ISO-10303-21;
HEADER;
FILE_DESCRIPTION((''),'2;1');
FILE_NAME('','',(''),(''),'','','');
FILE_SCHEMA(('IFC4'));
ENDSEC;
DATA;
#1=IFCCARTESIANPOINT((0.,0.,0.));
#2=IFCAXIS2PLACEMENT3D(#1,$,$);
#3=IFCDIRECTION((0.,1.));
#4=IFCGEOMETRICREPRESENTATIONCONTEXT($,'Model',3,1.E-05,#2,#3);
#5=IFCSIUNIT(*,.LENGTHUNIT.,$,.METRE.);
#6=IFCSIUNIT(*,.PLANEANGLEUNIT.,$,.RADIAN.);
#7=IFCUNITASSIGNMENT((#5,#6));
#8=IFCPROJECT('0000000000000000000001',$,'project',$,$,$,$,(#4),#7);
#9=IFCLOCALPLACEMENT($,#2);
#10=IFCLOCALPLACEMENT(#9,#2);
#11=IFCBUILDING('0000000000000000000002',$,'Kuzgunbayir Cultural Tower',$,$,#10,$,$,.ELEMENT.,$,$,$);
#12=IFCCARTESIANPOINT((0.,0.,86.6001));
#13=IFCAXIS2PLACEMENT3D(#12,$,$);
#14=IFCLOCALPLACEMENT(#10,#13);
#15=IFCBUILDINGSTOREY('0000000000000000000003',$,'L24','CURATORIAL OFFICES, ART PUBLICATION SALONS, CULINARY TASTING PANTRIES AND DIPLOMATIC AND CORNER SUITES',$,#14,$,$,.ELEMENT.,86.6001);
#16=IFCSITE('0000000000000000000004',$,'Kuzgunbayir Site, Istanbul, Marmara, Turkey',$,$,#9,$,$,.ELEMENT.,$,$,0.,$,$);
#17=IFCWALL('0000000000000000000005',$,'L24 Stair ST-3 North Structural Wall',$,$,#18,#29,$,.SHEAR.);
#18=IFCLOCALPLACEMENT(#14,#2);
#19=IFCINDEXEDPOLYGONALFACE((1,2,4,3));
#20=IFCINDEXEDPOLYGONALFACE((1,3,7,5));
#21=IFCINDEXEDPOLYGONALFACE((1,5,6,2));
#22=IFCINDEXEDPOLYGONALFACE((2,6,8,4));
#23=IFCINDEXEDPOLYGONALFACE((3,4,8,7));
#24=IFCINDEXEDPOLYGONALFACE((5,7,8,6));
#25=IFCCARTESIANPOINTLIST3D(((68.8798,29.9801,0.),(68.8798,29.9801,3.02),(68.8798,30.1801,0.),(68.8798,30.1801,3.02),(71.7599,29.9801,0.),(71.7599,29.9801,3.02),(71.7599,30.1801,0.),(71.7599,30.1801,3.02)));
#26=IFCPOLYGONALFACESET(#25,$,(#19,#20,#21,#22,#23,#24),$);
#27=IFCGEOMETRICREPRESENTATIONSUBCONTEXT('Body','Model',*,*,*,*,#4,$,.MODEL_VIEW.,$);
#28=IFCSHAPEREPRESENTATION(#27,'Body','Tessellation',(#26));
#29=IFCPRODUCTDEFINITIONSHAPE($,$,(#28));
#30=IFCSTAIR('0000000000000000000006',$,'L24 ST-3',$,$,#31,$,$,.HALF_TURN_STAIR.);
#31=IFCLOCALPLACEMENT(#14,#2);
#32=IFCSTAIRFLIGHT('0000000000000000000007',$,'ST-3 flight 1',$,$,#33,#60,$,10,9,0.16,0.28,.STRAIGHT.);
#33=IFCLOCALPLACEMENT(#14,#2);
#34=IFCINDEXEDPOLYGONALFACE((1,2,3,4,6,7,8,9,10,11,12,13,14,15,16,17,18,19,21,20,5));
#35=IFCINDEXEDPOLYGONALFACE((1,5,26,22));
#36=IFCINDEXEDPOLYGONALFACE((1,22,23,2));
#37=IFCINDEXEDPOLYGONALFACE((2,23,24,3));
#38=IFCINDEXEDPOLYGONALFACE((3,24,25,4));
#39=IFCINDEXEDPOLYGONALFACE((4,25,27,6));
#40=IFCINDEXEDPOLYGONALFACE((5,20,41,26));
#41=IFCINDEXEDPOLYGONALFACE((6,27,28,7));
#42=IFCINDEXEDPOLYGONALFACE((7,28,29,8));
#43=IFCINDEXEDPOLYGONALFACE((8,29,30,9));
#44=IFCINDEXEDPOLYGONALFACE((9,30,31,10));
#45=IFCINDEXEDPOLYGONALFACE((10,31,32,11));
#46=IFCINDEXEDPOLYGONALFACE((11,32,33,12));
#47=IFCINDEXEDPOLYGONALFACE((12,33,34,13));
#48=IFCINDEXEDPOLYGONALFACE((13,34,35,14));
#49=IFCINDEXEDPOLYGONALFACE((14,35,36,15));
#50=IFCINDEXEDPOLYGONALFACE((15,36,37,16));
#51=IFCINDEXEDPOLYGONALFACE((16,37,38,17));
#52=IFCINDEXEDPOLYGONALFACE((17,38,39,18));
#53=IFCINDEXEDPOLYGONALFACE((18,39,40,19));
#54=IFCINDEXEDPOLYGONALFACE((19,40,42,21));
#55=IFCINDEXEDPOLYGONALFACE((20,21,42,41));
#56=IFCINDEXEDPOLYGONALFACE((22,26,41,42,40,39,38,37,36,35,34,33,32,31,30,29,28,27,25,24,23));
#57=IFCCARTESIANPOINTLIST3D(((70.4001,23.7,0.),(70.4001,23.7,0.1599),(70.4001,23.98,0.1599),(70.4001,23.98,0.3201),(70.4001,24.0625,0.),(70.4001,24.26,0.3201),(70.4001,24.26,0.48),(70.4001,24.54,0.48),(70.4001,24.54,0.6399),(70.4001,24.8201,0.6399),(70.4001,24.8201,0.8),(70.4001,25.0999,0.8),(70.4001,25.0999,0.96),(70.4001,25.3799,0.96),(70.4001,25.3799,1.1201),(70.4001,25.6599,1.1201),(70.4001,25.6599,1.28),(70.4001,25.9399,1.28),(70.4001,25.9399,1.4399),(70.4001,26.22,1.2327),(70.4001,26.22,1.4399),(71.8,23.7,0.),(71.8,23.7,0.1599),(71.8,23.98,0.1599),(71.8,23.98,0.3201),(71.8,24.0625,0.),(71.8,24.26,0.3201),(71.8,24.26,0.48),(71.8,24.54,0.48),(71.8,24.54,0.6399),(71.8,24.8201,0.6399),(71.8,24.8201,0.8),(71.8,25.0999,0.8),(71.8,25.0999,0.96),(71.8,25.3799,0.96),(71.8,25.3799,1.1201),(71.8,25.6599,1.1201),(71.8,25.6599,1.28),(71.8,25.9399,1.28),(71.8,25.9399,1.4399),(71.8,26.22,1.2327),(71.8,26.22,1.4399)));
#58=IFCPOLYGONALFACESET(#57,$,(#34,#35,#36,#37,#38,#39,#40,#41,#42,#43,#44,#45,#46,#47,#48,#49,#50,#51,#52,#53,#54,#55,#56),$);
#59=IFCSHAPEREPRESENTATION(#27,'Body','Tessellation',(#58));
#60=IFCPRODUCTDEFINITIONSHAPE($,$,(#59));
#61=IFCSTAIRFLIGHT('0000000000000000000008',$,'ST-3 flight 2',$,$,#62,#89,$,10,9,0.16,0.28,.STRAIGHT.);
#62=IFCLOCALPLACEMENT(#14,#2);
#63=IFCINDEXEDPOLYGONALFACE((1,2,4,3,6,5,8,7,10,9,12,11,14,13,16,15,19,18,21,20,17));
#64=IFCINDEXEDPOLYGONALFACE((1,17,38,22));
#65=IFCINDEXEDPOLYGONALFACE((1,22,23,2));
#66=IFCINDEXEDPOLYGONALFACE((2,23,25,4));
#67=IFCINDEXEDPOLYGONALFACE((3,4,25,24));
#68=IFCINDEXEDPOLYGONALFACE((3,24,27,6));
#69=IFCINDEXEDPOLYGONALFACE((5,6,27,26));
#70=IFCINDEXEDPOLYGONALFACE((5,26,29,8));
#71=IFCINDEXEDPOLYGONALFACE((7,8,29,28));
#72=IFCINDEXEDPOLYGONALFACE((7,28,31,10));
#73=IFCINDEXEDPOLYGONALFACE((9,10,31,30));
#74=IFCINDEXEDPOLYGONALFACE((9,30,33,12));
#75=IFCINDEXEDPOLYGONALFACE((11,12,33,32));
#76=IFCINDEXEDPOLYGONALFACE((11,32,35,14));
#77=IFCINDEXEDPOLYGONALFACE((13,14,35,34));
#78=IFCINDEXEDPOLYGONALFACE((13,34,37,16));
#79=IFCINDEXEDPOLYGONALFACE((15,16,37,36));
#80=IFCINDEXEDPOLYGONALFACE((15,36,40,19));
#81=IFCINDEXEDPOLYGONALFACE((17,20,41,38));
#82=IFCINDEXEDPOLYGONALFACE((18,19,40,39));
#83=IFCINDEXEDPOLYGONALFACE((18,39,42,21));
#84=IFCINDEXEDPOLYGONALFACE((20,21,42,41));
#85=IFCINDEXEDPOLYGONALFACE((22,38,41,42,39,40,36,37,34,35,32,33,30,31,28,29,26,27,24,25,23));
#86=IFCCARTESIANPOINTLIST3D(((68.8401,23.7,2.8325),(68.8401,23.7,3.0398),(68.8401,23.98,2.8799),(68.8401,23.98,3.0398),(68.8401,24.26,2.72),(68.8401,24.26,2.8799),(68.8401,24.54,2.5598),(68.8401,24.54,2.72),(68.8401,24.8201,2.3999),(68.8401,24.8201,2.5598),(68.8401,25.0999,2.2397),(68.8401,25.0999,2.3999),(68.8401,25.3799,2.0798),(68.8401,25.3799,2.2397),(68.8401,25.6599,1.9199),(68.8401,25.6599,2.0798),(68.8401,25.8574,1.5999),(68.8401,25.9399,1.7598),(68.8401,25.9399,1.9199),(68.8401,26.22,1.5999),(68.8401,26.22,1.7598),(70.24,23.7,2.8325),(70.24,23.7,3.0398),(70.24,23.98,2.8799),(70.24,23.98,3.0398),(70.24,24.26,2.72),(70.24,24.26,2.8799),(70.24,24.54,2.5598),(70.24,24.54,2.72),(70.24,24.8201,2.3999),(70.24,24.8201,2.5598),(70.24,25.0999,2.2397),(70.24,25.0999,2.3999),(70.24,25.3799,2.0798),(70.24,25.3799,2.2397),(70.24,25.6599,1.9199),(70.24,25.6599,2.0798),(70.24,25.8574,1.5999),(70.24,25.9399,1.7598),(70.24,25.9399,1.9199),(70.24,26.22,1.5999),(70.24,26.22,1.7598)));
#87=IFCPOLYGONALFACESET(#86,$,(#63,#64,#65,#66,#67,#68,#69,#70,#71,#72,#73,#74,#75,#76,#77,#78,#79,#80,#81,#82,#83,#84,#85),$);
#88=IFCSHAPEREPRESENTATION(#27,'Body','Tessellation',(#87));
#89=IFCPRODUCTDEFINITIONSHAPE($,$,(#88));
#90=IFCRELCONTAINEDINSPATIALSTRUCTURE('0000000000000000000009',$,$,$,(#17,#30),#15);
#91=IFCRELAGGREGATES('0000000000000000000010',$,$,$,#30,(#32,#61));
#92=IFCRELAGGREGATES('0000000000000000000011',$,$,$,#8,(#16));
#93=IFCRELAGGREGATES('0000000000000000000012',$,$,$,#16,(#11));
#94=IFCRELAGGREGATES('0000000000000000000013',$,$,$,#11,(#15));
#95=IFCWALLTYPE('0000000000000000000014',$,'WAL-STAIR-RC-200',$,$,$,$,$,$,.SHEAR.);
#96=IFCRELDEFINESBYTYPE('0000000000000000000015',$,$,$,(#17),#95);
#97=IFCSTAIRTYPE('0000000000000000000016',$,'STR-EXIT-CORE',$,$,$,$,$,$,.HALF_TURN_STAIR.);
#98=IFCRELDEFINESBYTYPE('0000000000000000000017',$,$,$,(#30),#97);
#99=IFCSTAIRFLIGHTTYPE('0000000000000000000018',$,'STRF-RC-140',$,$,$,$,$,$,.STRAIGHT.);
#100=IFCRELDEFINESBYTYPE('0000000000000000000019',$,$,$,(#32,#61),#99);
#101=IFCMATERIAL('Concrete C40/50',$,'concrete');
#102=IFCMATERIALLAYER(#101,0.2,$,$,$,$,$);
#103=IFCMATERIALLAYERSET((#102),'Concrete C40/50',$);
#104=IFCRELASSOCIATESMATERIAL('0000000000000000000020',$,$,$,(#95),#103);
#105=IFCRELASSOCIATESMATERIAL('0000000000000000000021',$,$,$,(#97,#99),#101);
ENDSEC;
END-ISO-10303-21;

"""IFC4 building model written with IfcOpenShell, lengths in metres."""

from ifc_helpers import new_model, si_unit, direction, frame, frame_2d, origin, place, context, subcontext, project, spatial, polyline, rectangle, outline, extrude, material, layer, layer_set, type_object, element, aggregate, save


model = new_model("IFC4")

# Units and contexts
model_context = context("Model", 3, precision=1e-05, world=origin(), true_north=direction((0.0, 1.0)))
body_context = subcontext(model_context, "Body", "Model", "MODEL_VIEW")
ifc_project = project(units=[si_unit("LENGTHUNIT", "METRE"), si_unit("PLANEANGLEUNIT", "RADIAN")], contexts=[model_context])

# Site, building, storey
site_placement = place(None, origin())
site = spatial("IfcSite", under=ifc_project, at=site_placement, Name="Kuzgunbayir Site, Istanbul, Marmara, Turkey", CompositionType="ELEMENT", RefElevation=0.0)
building_placement = place(site_placement, origin())
building = spatial("IfcBuilding", under=site, at=building_placement, Name="Kuzgunbayir Cultural Tower", CompositionType="ELEMENT")
storey_placement = place(building_placement, frame((0.0, 0.0, 86.6001)))
storey = spatial("IfcBuildingStorey", under=building, at=storey_placement, Name="L24", Description="CURATORIAL OFFICES, ART PUBLICATION SALONS, CULINARY TASTING PANTRIES AND DIPLOMATIC AND CORNER SUITES", CompositionType="ELEMENT", Elevation=86.6001)

# Shared definitions
ifc_material_1 = material(Name="Concrete C40/50", Category="concrete")
ifc_layer_1 = layer(ifc_material_1, 0.2)
ifc_layer_set_1 = layer_set([ifc_layer_1], Name="Concrete C40/50")
wall_type_1 = type_object("IfcWallType", Name="WAL-STAIR-RC-200", PredefinedType="SHEAR", material=ifc_layer_set_1)

# Wall
wall_1_placement = place(storey_placement, frame((68.8799, 30.0801, 0.0), z_axis=(0.0, 0.0, 1.0), x_axis=(1.0, 0.0, 0.0)))
element("IfcWall", 1, at=wall_1_placement, inside=storey, type_object=wall_type_1, Name="L24 Stair ST-3 North Structural Wall", PredefinedType="SHEAR", context=body_context, shape_type="SweptSolid", body=[
    extrude(rectangle(XDim=2.8801, YDim=0.2, at=frame_2d((1.4399, 0.0))), origin(), (0.0, 0.0, 1.0), 3.02),
])

# Stair, stair flights
stair_type = type_object("IfcStairType", Name="STR-EXIT-CORE", PredefinedType="HALF_TURN_STAIR", material=ifc_material_1)
stair_placement = place(storey_placement, origin())
stair = element("IfcStair", 2, at=stair_placement, inside=storey, type_object=stair_type, Name="L24 ST-3", PredefinedType="HALF_TURN_STAIR")
stair_flight_type = type_object("IfcStairFlightType", Name="STRF-RC-140", PredefinedType="STRAIGHT", material=ifc_material_1)
stair_flight_1_placement = place(storey_placement, frame((71.1001, 23.7, 0.0), z_axis=(0.0, 0.0, 1.0), x_axis=(0.0, 1.0, 0.0)))
stair_flight_1 = element("IfcStairFlight", 3, at=stair_flight_1_placement, type_object=stair_flight_type, Name="ST-3 flight 1", NumberOfRisers=10, NumberOfTreads=9, PredefinedType="STRAIGHT", RiserHeight=0.16, TreadLength=0.28, context=body_context, shape_type="SweptSolid", body=[
    extrude(outline(polyline([(0.0, 0.0), (0.0, 0.1599), (0.28, 0.1599), (0.28, 0.3201), (0.5601, 0.3201), (0.5601, 0.48), (0.8401, 0.48), (0.8401, 0.6399), (1.1201, 0.6399), (1.1201, 0.8), (1.3999, 0.8), (1.3999, 0.96), (1.6799, 0.96), (1.6799, 1.1201), (1.96, 1.1201), (1.96, 1.28), (2.24, 1.28), (2.24, 1.4399), (2.52, 1.4399), (2.52, 1.6001), (2.52, 1.2327), (0.3625, 0.0), (0.0, 0.0)])), frame((0.0, 0.7, 0.0), z_axis=(0.0, -1.0, 0.0), x_axis=(1.0, 0.0, 0.0)), (0.0, 0.0, 1.0), 1.3999),
])
stair_flight_2_placement = place(storey_placement, frame((69.54, 26.22, 1.5999), z_axis=(0.0, 0.0, 1.0), x_axis=(0.0, -1.0, 0.0)))
stair_flight_2 = element("IfcStairFlight", 4, at=stair_flight_2_placement, type_object=stair_flight_type, Name="ST-3 flight 2", NumberOfRisers=10, NumberOfTreads=9, PredefinedType="STRAIGHT", RiserHeight=0.16, TreadLength=0.28, context=body_context, shape_type="SweptSolid", body=[
    extrude(outline(polyline([(0.0, 0.0), (0.0, 0.1599), (0.28, 0.1599), (0.28, 0.3201), (0.5601, 0.3201), (0.5601, 0.48), (0.8401, 0.48), (0.8401, 0.6399), (1.1201, 0.6399), (1.1201, 0.8), (1.3999, 0.8), (1.3999, 0.96), (1.6799, 0.96), (1.6799, 1.1201), (1.96, 1.1201), (1.96, 1.28), (2.24, 1.28), (2.24, 1.4399), (2.52, 1.4399), (2.52, 1.6001), (2.52, 1.2327), (0.3625, 0.0), (0.0, 0.0)])), frame((0.0, 0.7, 0.0), z_axis=(0.0, -1.0, 0.0), x_axis=(1.0, 0.0, 0.0)), (0.0, 0.0, 1.0), 1.3999),
])
aggregate(stair, [stair_flight_1, stair_flight_2])

save(model, "model.ifc")
